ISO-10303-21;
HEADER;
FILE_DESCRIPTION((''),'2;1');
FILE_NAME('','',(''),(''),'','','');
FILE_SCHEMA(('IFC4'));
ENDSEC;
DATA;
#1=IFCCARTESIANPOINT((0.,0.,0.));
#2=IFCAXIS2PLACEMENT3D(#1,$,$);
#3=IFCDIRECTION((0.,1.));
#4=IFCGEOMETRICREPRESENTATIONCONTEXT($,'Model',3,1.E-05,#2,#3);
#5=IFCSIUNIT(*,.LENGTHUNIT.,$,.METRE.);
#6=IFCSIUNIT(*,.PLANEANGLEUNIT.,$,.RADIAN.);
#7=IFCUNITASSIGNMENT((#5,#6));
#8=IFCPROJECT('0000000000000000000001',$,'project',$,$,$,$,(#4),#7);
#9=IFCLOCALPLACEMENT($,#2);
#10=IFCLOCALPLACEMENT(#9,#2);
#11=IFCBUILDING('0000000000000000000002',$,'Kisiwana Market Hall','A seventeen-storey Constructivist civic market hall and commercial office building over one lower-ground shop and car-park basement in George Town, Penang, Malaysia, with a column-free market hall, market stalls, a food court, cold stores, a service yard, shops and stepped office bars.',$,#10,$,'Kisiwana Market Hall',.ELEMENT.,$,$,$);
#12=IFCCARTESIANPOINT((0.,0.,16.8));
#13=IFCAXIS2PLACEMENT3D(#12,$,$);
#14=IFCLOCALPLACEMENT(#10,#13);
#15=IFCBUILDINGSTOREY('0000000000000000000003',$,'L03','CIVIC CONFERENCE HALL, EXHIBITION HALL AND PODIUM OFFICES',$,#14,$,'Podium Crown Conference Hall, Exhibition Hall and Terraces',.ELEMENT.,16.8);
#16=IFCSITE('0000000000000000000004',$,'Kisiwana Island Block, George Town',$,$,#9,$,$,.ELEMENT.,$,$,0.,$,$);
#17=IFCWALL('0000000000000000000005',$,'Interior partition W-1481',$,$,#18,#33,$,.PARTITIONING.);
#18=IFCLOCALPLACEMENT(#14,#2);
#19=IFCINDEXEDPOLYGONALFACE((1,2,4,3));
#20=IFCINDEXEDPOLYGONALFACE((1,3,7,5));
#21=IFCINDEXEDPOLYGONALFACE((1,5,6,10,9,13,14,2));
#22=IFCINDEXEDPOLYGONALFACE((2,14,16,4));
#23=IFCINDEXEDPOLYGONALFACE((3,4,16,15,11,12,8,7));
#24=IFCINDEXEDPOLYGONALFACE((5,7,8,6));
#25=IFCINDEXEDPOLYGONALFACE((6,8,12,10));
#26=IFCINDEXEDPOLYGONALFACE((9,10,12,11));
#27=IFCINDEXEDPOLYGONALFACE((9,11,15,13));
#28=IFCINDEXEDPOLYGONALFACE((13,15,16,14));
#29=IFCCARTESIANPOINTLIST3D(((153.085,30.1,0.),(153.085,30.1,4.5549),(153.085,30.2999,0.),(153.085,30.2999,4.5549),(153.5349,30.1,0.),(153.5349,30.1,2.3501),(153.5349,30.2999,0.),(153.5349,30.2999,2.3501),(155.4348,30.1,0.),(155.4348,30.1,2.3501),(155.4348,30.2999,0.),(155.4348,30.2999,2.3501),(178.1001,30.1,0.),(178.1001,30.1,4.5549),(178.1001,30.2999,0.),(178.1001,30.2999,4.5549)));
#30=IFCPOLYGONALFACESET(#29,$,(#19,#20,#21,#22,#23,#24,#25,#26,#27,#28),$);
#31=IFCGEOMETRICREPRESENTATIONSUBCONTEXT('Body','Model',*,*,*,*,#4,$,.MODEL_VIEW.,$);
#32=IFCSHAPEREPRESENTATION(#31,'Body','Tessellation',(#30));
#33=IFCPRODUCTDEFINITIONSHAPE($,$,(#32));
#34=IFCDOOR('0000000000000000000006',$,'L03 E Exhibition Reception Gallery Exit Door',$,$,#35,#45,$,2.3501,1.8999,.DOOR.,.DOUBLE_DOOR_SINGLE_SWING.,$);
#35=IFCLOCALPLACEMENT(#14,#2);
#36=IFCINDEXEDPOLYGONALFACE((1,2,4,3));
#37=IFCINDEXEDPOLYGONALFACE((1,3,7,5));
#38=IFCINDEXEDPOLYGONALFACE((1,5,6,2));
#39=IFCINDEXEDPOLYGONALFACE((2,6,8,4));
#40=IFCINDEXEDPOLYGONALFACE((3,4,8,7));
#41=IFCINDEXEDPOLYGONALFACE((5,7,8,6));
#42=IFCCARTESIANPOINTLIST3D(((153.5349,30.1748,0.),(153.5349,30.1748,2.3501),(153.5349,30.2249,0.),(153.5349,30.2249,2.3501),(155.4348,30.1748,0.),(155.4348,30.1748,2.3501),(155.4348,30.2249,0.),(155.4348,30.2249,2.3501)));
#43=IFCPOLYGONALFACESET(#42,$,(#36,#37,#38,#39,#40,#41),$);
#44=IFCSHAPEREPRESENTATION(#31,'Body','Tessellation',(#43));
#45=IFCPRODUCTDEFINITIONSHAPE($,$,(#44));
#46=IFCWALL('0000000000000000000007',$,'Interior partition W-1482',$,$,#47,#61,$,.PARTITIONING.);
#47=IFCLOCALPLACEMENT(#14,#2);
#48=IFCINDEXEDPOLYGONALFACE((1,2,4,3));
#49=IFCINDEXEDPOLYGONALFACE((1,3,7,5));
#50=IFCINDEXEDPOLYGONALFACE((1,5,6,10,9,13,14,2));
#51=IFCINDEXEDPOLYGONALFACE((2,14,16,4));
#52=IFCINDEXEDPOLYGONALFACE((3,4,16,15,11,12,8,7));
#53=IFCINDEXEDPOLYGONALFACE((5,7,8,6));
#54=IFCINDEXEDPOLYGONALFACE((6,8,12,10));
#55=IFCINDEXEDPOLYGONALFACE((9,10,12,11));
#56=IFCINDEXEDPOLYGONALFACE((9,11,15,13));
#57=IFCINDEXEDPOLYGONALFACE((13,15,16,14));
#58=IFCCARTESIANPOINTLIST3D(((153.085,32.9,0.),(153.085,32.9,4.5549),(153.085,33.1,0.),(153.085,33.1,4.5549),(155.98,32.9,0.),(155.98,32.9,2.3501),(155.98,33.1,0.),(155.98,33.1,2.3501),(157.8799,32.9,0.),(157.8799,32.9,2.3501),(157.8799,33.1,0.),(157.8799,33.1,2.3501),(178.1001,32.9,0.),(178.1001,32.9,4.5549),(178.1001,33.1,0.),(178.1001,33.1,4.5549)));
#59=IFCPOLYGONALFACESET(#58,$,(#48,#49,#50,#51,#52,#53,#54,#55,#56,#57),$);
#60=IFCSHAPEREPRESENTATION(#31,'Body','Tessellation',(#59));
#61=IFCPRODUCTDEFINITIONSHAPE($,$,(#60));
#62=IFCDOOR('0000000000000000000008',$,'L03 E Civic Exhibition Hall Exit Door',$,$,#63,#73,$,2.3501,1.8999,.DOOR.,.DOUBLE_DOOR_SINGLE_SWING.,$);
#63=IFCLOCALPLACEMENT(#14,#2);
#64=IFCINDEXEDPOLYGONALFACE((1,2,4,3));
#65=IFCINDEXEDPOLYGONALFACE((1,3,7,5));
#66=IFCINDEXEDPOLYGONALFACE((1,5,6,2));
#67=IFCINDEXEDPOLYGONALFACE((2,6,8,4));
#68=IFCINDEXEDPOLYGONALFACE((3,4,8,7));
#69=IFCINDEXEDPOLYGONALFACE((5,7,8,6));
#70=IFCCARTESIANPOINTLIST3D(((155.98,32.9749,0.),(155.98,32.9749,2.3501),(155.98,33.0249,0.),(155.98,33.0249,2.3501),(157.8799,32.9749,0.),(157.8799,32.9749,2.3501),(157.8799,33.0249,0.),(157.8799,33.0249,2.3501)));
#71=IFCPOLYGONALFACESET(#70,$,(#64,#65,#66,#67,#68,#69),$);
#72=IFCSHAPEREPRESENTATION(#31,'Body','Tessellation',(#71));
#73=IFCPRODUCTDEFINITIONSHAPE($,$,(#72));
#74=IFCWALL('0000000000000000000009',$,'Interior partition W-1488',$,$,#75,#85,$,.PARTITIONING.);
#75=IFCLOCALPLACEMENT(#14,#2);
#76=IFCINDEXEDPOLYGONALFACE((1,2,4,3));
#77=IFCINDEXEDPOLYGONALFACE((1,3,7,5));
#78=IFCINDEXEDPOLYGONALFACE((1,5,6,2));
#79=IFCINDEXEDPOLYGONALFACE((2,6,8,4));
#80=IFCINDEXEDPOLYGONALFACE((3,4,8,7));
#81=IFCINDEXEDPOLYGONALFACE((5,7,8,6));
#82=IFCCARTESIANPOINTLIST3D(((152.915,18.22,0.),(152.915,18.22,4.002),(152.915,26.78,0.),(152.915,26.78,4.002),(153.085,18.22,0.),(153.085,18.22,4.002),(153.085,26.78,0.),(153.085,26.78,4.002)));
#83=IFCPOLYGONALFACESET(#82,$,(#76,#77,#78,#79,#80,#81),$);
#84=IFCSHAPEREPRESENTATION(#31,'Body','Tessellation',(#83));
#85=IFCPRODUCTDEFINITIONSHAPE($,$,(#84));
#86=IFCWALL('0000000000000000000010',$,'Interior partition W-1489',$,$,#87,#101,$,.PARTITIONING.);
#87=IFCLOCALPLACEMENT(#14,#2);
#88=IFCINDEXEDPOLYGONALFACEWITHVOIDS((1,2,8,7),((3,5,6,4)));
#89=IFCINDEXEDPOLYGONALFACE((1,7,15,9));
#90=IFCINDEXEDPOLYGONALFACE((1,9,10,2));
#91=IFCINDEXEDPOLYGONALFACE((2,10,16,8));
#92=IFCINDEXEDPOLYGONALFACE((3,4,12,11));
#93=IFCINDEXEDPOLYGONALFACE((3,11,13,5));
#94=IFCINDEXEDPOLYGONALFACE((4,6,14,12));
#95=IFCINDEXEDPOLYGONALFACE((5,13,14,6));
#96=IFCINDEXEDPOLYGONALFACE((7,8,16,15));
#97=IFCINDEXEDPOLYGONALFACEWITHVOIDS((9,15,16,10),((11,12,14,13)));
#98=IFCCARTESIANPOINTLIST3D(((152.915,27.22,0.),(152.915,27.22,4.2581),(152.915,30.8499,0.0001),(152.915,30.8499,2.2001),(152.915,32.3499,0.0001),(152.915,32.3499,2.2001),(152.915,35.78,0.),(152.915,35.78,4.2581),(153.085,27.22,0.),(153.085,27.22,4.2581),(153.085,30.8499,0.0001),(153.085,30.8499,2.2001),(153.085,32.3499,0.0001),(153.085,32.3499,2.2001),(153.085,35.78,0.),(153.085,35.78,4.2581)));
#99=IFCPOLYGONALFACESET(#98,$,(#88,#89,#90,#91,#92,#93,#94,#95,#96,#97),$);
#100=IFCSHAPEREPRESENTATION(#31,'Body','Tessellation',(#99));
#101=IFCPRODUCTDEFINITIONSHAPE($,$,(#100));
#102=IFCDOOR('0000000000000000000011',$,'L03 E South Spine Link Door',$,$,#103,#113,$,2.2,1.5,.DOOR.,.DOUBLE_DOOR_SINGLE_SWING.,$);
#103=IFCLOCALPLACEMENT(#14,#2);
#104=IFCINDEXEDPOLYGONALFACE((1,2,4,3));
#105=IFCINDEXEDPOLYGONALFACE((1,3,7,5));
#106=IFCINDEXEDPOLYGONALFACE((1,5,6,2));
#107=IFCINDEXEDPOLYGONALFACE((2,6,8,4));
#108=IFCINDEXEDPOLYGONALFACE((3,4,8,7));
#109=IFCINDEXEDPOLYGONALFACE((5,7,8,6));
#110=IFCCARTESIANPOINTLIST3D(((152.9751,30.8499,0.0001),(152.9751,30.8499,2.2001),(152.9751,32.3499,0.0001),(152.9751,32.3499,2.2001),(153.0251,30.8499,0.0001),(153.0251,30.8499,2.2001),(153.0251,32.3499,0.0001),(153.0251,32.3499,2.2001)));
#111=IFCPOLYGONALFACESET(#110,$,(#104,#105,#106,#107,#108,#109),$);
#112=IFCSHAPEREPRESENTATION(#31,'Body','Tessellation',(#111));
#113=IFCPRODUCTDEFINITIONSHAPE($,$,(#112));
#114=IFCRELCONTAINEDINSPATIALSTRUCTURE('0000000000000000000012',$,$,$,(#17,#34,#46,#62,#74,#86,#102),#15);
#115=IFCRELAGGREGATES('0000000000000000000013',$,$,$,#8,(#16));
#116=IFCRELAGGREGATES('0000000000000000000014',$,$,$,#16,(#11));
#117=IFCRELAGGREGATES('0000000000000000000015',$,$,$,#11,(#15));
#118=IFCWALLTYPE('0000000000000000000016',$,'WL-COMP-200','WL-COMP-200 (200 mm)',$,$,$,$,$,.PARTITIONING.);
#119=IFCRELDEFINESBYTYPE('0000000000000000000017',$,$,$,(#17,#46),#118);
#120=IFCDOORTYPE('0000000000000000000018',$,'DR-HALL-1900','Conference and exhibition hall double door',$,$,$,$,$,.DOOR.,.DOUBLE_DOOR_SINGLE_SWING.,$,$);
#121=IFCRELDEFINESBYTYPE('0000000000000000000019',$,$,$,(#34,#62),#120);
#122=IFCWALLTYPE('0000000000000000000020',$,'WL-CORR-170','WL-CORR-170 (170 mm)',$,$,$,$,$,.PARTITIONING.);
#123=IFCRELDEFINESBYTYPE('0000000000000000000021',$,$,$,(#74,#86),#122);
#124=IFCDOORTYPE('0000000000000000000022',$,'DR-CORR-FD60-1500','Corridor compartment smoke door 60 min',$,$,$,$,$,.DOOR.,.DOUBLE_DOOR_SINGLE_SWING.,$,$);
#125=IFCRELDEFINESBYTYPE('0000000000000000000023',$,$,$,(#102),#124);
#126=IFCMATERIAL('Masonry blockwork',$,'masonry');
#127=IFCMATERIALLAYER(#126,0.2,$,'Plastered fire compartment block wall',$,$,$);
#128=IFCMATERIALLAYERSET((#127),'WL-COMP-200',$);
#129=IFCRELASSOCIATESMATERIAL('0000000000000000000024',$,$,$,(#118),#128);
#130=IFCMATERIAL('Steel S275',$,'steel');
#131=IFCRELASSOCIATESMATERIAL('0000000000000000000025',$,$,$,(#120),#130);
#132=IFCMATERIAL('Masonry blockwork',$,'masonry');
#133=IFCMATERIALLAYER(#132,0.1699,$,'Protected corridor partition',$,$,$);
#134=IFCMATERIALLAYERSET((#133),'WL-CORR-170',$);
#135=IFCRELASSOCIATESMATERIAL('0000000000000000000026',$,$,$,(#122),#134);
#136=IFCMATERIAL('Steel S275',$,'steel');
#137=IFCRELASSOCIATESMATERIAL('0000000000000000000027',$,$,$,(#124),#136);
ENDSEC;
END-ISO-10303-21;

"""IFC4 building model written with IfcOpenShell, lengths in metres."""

from ifc_helpers import new_model, si_unit, direction, frame, frame_2d, origin, place, context, subcontext, project, spatial, rectangle, extrude, material, layer, layer_set, type_object, element, fill, save


model = new_model("IFC4")

# Units and contexts
model_context = context("Model", 3, precision=1e-05, world=origin(), true_north=direction((0.0, 1.0)))
body_context = subcontext(model_context, "Body", "Model", "MODEL_VIEW")
ifc_project = project(units=[si_unit("LENGTHUNIT", "METRE"), si_unit("PLANEANGLEUNIT", "RADIAN")], contexts=[model_context])

# Site, building, storey
site_placement = place(None, origin())
site = spatial("IfcSite", under=ifc_project, at=site_placement, Name="Kisiwana Island Block, George Town", CompositionType="ELEMENT", RefElevation=0.0)
building_placement = place(site_placement, origin())
building = spatial("IfcBuilding", under=site, at=building_placement, Name="Kisiwana Market Hall", Description="A seventeen-storey Constructivist civic market hall and commercial office building over one lower-ground shop and car-park basement in George Town, Penang, Malaysia, with a column-free market hall, market stalls, a food court, cold stores, a service yard, shops and stepped office bars.", LongName="Kisiwana Market Hall", CompositionType="ELEMENT")
storey_placement = place(building_placement, frame((0.0, 0.0, 16.8)))
storey = spatial("IfcBuildingStorey", under=building, at=storey_placement, Name="L03", Description="CIVIC CONFERENCE HALL, EXHIBITION HALL AND PODIUM OFFICES", LongName="Podium Crown Conference Hall, Exhibition Hall and Terraces", CompositionType="ELEMENT", Elevation=16.8)

# Walls, openings, doors
ifc_material_1 = material(Name="Masonry blockwork", Category="masonry")
ifc_layer_1 = layer(ifc_material_1, 0.2, Name="Plastered fire compartment block wall")
ifc_layer_set_1 = layer_set([ifc_layer_1], Name="WL-COMP-200")
wall_type_1 = type_object("IfcWallType", Name="WL-COMP-200", Description="WL-COMP-200 (200 mm)", PredefinedType="PARTITIONING", material=ifc_layer_set_1)
wall_1_placement = place(storey_placement, frame((153.085, 30.2, 0.0), z_axis=(0.0, 0.0, 1.0), x_axis=(1.0, 0.0, 0.0)))
wall_1 = element("IfcWall", 1, at=wall_1_placement, inside=storey, type_object=wall_type_1, Name="Interior partition W-1481", PredefinedType="PARTITIONING", context=body_context, shape_type="SweptSolid", body=[
    extrude(rectangle(XDim=25.0151, YDim=0.2, at=frame_2d((12.5076, 0.0))), origin(), (0.0, 0.0, 1.0), 4.5549),
])
opening_1_placement = place(wall_1_placement, frame((0.45, 0.0, 0.0)))
opening_1 = element("IfcOpeningElement", 2, at=opening_1_placement, cuts=wall_1, PredefinedType="OPENING", context=body_context, shape_type="SweptSolid", body=[
    extrude(rectangle(XDim=1.8999, YDim=2.3501, at=frame_2d((0.95, 1.175))), frame((0.0, 0.1118, 0.0), z_axis=(0.0, -1.0, 0.0), x_axis=(1.0, 0.0, 0.0)), (0.0, 0.0, 1.0), 0.2239),
])
ifc_material_2 = material(Name="Steel S275", Category="steel")
door_type_1 = type_object("IfcDoorType", Name="DR-HALL-1900", Description="Conference and exhibition hall double door", OperationType="DOUBLE_DOOR_SINGLE_SWING", PredefinedType="DOOR", material=ifc_material_2)
door_1_placement = place(opening_1_placement, origin())
door_1 = element("IfcDoor", 3, at=door_1_placement, inside=storey, type_object=door_type_1, Name="L03 E Exhibition Reception Gallery Exit Door", OperationType="DOUBLE_DOOR_SINGLE_SWING", OverallHeight=2.3501, OverallWidth=1.8999, PredefinedType="DOOR", context=body_context, shape_type="SweptSolid", body=[
    extrude(rectangle(XDim=1.8999, YDim=2.3501, at=frame_2d((0.95, 1.175))), frame((0.0, 0.0249, 0.0), z_axis=(0.0, -1.0, 0.0), x_axis=(1.0, 0.0, 0.0)), (0.0, 0.0, 1.0), 0.05),
])
fill(opening_1, door_1)
wall_2_placement = place(storey_placement, frame((153.085, 33.0, 0.0), z_axis=(0.0, 0.0, 1.0), x_axis=(1.0, 0.0, 0.0)))
wall_2 = element("IfcWall", 4, at=wall_2_placement, inside=storey, type_object=wall_type_1, Name="Interior partition W-1482", PredefinedType="PARTITIONING", context=body_context, shape_type="SweptSolid", body=[
    extrude(rectangle(XDim=25.0151, YDim=0.2, at=frame_2d((12.5076, 0.0))), origin(), (0.0, 0.0, 1.0), 4.5549),
])
opening_2_placement = place(wall_2_placement, frame((2.895, 0.0, 0.0)))
opening_2 = element("IfcOpeningElement", 5, at=opening_2_placement, cuts=wall_2, PredefinedType="OPENING", context=body_context, shape_type="SweptSolid", body=[
    extrude(rectangle(XDim=1.8999, YDim=2.3501, at=frame_2d((0.95, 1.175))), frame((0.0, 0.1118, 0.0), z_axis=(0.0, -1.0, 0.0), x_axis=(1.0, 0.0, 0.0)), (0.0, 0.0, 1.0), 0.2239),
])
door_2_placement = place(opening_2_placement, origin())
door_2 = element("IfcDoor", 6, at=door_2_placement, inside=storey, type_object=door_type_1, Name="L03 E Civic Exhibition Hall Exit Door", OperationType="DOUBLE_DOOR_SINGLE_SWING", OverallHeight=2.3501, OverallWidth=1.8999, PredefinedType="DOOR", context=body_context, shape_type="SweptSolid", body=[
    extrude(rectangle(XDim=1.8999, YDim=2.3501, at=frame_2d((0.95, 1.175))), frame((0.0, 0.0249, 0.0), z_axis=(0.0, -1.0, 0.0), x_axis=(1.0, 0.0, 0.0)), (0.0, 0.0, 1.0), 0.05),
])
fill(opening_2, door_2)

# Wall
ifc_material_3 = material(Name="Masonry blockwork", Category="masonry")
ifc_layer_2 = layer(ifc_material_3, 0.1699, Name="Protected corridor partition")
ifc_layer_set_2 = layer_set([ifc_layer_2], Name="WL-CORR-170")
wall_type_2 = type_object("IfcWallType", Name="WL-CORR-170", Description="WL-CORR-170 (170 mm)", PredefinedType="PARTITIONING", material=ifc_layer_set_2)
wall_3_placement = place(storey_placement, frame((153.0, 18.22, 0.0), z_axis=(0.0, 0.0, 1.0), x_axis=(0.0, 1.0, 0.0)))
element("IfcWall", 7, at=wall_3_placement, inside=storey, type_object=wall_type_2, Name="Interior partition W-1488", PredefinedType="PARTITIONING", context=body_context, shape_type="SweptSolid", body=[
    extrude(rectangle(XDim=8.5601, YDim=0.1699, at=frame_2d((4.28, 0.0))), origin(), (0.0, 0.0, 1.0), 4.002),
])

# Wall, opening, door
wall_4_placement = place(storey_placement, frame((153.0, 27.22, 0.0), z_axis=(0.0, 0.0, 1.0), x_axis=(0.0, 1.0, 0.0)))
wall_4 = element("IfcWall", 8, at=wall_4_placement, inside=storey, type_object=wall_type_2, Name="Interior partition W-1489", PredefinedType="PARTITIONING", context=body_context, shape_type="SweptSolid", body=[
    extrude(rectangle(XDim=8.5601, YDim=0.1699, at=frame_2d((4.28, 0.0))), origin(), (0.0, 0.0, 1.0), 4.2581),
])
opening_3_placement = place(wall_4_placement, frame((3.6299, 0.0, 0.0)))
opening_3 = element("IfcOpeningElement", 9, at=opening_3_placement, cuts=wall_4, PredefinedType="OPENING", context=body_context, shape_type="SweptSolid", body=[
    extrude(rectangle(XDim=1.5, YDim=2.2, at=frame_2d((0.75, 1.1001))), frame((0.0, 0.0969, 0.0), z_axis=(0.0, -1.0, 0.0), x_axis=(1.0, 0.0, 0.0)), (0.0, 0.0, 1.0), 0.1938),
])
ifc_material_4 = material(Name="Steel S275", Category="steel")
door_type_2 = type_object("IfcDoorType", Name="DR-CORR-FD60-1500", Description="Corridor compartment smoke door 60 min", OperationType="DOUBLE_DOOR_SINGLE_SWING", PredefinedType="DOOR", material=ifc_material_4)
door_3_placement = place(opening_3_placement, origin())
door_3 = element("IfcDoor", 10, at=door_3_placement, inside=storey, type_object=door_type_2, Name="L03 E South Spine Link Door", OperationType="DOUBLE_DOOR_SINGLE_SWING", OverallHeight=2.2, OverallWidth=1.5, PredefinedType="DOOR", context=body_context, shape_type="SweptSolid", body=[
    extrude(rectangle(XDim=1.5, YDim=2.2, at=frame_2d((0.75, 1.1001))), frame((0.0, 0.0249, 0.0), z_axis=(0.0, -1.0, 0.0), x_axis=(1.0, 0.0, 0.0)), (0.0, 0.0, 1.0), 0.05),
])
fill(opening_3, door_3)

save(model, "model.ifc")
